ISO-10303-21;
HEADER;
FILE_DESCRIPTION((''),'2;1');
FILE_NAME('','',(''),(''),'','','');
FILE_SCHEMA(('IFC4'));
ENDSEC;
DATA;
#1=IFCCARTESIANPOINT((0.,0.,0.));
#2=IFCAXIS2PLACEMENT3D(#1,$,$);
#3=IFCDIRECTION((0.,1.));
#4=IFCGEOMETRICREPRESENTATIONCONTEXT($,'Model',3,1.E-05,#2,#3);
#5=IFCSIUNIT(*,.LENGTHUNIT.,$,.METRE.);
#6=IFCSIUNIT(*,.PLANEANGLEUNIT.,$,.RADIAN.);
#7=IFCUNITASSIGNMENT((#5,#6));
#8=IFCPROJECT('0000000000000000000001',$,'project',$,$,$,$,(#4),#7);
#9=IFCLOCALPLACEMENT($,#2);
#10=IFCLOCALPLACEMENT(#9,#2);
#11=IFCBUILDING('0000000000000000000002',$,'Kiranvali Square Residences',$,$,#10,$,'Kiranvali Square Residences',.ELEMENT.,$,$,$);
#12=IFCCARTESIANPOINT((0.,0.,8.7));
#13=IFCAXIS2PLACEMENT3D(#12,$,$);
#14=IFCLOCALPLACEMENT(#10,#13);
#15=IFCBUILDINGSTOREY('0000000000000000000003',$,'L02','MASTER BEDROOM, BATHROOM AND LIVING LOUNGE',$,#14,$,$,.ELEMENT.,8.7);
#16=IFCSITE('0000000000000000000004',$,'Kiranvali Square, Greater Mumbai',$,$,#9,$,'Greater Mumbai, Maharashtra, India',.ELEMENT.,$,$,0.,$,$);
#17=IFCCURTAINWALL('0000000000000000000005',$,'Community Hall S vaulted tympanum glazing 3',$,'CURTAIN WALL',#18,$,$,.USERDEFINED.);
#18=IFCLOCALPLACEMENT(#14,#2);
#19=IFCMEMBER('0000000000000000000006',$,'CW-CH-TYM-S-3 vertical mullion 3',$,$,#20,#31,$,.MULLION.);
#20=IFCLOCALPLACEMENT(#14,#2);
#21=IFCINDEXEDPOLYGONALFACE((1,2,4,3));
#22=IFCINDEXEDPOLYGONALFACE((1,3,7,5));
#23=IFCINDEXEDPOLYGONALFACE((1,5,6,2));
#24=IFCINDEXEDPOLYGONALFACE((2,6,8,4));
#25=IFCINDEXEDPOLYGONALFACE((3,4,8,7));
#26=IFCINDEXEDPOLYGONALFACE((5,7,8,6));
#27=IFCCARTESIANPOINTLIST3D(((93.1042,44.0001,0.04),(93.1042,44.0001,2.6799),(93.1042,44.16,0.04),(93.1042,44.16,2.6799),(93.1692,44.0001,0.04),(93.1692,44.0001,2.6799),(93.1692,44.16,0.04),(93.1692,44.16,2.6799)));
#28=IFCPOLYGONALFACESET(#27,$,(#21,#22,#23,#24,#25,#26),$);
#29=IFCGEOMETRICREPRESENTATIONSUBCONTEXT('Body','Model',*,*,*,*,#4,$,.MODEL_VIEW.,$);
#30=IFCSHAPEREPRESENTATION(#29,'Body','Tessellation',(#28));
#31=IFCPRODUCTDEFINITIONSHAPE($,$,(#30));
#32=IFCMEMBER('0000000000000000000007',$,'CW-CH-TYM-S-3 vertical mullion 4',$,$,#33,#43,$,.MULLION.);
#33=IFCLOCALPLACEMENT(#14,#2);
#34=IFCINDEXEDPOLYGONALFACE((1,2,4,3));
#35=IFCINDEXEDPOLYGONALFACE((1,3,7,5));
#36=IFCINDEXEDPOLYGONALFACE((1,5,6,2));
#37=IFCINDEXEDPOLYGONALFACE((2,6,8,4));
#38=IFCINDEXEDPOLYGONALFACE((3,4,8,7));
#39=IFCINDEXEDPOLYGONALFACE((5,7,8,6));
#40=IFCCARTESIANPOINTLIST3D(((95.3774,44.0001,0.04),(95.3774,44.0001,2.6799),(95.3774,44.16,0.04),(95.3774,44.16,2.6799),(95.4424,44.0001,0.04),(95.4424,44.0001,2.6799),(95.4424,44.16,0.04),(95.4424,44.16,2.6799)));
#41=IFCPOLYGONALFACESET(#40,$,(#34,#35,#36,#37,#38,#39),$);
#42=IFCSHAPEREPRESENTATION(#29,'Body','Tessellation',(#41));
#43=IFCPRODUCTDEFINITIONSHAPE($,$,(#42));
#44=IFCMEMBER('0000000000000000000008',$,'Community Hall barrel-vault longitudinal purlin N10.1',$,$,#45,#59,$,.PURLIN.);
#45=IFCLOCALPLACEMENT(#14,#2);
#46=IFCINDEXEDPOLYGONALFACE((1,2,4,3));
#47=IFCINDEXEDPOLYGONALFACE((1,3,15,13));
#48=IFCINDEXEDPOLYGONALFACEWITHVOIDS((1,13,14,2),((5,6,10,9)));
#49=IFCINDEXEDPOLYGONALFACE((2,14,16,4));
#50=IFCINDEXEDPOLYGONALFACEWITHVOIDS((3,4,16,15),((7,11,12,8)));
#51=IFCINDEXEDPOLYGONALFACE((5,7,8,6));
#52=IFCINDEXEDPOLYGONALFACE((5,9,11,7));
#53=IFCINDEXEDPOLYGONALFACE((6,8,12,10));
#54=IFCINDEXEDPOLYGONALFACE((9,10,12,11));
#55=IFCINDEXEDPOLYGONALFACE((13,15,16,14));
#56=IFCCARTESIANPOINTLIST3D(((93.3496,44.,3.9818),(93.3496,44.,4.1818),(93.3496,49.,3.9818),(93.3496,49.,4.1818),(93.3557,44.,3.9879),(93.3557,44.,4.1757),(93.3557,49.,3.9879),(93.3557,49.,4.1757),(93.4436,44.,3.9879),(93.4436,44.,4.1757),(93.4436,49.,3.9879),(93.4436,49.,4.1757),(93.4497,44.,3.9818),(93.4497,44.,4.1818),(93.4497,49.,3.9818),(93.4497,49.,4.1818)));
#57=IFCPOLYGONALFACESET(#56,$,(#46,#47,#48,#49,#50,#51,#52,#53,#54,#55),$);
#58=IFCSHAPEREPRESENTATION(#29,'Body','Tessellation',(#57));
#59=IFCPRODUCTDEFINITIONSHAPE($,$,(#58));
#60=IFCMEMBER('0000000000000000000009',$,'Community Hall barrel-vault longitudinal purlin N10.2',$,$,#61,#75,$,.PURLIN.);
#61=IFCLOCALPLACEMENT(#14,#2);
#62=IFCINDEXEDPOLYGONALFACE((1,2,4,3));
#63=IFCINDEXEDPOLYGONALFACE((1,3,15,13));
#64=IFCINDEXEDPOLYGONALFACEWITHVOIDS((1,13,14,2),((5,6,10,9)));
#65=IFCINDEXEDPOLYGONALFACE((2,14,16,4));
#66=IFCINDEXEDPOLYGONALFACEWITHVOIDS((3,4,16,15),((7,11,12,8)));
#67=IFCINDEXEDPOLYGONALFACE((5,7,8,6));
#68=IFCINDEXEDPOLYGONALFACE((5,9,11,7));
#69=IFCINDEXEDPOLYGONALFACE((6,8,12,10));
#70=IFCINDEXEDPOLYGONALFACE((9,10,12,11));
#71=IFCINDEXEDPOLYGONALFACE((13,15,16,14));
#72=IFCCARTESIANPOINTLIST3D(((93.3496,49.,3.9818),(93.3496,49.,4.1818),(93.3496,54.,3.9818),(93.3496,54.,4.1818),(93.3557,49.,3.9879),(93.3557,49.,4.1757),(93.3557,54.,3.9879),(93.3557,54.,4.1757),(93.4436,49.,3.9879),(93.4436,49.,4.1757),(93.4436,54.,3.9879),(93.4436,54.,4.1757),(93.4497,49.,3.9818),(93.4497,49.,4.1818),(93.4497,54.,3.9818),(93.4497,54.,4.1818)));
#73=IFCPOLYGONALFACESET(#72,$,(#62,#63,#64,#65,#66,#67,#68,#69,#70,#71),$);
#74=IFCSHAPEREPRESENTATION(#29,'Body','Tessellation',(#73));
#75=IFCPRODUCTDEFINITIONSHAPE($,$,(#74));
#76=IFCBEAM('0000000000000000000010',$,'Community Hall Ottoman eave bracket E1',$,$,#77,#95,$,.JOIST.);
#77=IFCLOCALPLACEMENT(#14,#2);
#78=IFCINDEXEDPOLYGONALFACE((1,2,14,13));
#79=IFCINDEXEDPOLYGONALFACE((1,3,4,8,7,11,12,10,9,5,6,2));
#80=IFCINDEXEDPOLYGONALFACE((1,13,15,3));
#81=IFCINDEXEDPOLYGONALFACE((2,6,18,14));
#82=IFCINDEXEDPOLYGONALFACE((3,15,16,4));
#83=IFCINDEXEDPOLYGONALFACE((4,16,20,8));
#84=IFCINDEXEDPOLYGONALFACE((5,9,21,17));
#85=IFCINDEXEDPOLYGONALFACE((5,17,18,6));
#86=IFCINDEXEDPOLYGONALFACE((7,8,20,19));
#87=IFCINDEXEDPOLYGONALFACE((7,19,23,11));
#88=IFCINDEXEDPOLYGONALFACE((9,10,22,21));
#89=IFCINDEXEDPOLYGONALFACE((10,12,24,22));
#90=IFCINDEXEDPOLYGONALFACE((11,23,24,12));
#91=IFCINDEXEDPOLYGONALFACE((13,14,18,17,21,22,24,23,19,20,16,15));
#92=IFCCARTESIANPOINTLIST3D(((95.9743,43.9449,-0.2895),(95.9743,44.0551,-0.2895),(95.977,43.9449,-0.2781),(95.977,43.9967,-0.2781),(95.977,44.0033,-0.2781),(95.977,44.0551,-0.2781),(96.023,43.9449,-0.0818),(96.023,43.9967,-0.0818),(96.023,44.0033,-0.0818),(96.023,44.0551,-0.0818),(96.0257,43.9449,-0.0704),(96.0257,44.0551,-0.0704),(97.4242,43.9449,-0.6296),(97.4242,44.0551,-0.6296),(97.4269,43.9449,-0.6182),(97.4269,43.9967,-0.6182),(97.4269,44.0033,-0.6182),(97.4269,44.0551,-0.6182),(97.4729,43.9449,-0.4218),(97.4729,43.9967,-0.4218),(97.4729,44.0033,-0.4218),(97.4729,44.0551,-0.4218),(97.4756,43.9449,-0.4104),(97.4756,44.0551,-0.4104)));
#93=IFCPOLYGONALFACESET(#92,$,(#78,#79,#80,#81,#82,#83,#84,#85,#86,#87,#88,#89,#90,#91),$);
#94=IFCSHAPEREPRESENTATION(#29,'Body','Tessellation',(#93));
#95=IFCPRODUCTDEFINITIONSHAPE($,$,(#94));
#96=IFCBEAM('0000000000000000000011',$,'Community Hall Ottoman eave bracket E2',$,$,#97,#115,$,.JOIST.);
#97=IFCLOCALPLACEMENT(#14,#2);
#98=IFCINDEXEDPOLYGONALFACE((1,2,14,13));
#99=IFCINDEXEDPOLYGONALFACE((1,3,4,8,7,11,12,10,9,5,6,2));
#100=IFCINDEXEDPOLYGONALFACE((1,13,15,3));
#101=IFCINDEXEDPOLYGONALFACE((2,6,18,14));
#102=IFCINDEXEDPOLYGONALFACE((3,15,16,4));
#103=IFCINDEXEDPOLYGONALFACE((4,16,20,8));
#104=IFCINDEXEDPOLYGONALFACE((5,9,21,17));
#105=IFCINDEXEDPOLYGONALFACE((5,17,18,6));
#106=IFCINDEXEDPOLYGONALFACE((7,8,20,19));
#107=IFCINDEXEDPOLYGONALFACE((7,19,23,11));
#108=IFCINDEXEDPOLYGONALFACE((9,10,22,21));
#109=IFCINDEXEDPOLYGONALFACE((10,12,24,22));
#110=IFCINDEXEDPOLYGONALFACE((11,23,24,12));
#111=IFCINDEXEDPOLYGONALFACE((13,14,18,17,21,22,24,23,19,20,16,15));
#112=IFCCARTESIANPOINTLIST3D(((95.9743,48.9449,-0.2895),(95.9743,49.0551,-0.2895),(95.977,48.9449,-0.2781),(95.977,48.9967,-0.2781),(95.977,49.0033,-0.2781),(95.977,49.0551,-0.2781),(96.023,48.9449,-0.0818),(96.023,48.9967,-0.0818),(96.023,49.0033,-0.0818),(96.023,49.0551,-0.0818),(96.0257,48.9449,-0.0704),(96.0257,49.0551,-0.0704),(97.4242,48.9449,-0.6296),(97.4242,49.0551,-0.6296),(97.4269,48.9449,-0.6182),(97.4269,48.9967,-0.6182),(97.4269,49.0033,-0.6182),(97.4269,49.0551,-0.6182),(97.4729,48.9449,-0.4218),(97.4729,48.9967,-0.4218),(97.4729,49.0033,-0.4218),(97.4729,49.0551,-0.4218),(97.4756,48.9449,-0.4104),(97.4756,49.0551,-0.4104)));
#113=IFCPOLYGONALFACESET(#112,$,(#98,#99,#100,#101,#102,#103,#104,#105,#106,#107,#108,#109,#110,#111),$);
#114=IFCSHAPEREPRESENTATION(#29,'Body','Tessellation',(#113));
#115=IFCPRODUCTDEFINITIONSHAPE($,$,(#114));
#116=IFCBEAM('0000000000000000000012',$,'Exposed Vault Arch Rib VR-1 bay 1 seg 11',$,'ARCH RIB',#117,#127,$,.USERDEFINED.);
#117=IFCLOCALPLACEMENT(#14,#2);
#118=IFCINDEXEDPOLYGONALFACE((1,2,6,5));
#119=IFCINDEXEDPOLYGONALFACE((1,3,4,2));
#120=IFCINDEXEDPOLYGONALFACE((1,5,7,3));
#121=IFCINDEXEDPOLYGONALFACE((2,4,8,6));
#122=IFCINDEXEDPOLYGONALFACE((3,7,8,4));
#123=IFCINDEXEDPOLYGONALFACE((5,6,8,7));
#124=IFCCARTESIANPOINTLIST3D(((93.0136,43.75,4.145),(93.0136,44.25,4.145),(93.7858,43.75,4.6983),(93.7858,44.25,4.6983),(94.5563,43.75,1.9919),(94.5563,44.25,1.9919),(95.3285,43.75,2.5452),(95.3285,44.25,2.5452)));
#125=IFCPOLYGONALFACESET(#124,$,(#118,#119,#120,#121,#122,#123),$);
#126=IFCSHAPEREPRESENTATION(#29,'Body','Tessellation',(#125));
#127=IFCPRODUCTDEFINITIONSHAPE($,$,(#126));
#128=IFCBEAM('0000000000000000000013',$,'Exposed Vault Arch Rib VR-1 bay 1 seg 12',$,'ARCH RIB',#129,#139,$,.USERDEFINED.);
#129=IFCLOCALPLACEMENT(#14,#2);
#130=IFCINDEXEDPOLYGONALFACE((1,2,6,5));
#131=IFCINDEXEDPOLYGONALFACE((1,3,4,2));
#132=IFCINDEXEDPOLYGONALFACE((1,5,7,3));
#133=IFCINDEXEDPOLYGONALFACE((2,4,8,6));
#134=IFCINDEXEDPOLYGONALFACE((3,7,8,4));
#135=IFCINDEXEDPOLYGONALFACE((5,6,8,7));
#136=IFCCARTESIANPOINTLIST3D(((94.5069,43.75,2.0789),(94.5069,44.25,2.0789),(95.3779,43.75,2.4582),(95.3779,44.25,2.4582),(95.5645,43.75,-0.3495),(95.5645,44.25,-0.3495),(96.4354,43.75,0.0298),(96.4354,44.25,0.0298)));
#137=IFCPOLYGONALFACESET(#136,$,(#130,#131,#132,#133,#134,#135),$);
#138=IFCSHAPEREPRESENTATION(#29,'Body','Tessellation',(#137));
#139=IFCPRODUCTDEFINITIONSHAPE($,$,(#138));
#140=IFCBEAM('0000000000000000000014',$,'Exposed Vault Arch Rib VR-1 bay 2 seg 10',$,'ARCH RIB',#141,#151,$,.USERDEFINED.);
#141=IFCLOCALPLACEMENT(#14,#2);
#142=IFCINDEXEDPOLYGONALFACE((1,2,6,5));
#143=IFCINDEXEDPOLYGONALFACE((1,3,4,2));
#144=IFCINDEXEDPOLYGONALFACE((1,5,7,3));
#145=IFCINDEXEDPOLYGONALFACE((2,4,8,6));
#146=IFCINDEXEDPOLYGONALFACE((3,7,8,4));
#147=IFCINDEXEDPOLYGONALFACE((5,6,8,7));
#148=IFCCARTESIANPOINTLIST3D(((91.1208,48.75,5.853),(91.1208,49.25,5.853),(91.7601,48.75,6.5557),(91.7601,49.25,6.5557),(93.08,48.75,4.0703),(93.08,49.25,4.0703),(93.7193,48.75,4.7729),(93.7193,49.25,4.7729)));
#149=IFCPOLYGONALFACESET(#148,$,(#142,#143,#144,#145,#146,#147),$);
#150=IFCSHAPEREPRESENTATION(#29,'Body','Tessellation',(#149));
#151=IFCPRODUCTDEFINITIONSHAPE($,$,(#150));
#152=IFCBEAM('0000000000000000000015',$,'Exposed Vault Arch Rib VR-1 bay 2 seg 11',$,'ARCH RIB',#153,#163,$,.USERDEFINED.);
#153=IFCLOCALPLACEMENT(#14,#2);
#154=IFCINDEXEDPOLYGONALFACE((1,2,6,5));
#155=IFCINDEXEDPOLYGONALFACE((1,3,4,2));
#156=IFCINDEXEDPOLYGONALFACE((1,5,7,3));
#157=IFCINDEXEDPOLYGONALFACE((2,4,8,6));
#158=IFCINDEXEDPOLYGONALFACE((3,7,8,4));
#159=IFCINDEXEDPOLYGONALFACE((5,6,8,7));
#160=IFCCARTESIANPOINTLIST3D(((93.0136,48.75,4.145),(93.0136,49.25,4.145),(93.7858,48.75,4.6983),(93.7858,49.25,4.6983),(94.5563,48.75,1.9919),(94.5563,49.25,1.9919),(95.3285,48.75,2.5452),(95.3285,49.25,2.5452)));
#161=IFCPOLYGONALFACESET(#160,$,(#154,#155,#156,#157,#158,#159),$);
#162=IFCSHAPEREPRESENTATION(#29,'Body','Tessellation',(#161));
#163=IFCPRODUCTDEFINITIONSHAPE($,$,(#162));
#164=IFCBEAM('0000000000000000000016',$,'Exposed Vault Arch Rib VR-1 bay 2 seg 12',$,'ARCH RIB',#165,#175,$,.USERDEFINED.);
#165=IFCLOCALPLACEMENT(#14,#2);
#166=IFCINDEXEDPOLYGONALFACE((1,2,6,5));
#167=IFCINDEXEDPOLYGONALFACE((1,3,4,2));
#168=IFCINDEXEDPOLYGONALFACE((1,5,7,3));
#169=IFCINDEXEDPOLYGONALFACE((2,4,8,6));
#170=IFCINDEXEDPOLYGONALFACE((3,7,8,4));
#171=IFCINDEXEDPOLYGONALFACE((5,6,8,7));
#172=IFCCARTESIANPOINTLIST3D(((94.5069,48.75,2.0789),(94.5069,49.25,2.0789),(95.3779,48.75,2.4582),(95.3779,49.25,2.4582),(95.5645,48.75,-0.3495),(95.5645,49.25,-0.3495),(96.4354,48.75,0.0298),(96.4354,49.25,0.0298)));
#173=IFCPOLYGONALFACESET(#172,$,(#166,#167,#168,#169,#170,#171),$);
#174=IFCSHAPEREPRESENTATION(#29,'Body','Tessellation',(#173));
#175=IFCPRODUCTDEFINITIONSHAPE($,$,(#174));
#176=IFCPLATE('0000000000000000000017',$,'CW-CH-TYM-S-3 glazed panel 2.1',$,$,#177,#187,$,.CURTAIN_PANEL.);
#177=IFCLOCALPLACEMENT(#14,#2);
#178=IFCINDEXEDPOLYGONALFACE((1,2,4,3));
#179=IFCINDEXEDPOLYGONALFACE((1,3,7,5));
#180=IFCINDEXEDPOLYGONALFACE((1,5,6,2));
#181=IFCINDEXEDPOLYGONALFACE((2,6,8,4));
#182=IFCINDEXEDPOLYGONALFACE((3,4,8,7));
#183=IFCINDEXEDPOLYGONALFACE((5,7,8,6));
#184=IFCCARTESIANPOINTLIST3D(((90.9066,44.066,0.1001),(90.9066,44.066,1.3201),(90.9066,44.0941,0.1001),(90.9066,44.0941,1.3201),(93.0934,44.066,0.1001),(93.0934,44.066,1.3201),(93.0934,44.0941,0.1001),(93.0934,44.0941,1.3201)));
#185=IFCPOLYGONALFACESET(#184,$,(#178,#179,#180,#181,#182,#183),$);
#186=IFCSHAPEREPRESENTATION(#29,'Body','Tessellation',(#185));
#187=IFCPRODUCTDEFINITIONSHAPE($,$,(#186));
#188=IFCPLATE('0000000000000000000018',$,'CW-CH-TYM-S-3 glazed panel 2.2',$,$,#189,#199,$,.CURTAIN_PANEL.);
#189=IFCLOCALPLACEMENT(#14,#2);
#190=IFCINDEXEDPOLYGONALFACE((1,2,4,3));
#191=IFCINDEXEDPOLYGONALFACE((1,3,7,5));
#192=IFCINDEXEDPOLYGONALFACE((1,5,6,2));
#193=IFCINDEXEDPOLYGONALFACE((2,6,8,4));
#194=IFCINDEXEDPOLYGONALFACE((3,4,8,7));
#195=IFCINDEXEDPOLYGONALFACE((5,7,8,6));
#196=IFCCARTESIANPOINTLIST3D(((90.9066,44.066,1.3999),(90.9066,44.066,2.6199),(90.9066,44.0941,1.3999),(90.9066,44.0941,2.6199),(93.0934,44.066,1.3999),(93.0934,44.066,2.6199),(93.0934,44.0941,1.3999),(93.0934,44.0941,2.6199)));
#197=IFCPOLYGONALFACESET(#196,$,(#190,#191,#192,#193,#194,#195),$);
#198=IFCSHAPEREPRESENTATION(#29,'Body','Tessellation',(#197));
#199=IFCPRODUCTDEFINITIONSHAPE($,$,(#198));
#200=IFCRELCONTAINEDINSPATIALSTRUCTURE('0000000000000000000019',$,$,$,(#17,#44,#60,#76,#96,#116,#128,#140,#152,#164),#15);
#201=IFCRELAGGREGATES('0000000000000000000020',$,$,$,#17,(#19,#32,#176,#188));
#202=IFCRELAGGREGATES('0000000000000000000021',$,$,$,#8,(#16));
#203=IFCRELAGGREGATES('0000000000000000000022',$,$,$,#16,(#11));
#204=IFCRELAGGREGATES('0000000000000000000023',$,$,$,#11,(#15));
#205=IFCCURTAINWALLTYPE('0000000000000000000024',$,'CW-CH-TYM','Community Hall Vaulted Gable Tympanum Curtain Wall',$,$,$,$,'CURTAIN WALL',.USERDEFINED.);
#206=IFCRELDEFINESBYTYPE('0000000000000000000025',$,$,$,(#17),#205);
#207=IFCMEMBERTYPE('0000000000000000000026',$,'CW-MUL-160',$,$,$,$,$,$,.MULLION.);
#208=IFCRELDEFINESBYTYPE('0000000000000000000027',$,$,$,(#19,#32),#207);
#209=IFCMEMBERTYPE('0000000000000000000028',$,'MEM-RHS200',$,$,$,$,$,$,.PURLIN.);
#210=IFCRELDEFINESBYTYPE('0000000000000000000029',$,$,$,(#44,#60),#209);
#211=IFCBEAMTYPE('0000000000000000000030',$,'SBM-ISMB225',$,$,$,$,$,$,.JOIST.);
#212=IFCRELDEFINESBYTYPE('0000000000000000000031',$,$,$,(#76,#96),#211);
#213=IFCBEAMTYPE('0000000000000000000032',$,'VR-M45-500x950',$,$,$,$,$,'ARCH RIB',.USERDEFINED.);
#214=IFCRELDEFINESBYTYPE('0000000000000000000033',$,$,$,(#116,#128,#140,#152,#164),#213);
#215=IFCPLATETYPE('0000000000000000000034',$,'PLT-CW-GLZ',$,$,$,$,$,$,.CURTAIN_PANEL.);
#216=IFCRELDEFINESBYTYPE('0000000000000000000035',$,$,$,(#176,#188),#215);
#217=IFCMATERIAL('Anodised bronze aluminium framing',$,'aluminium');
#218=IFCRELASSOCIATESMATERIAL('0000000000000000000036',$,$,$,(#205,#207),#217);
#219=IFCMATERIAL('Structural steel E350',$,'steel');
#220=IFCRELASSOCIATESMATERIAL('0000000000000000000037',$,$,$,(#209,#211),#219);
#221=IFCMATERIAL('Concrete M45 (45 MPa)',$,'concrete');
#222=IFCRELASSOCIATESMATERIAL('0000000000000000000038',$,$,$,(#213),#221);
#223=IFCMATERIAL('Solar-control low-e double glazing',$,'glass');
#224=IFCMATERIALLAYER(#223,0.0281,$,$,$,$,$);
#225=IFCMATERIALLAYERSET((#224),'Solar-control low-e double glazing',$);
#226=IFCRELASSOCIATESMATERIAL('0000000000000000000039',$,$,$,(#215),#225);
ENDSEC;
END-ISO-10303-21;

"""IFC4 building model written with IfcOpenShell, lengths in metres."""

from ifc_helpers import new_model, si_unit, direction, frame, origin, origin_2d, place, context, subcontext, project, spatial, rectangle, hollow_rectangle, i_section, extrude, material, layer, layer_set, material_profile, profile_set, type_object, element, aggregate, save


model = new_model("IFC4")

# Units and contexts
model_context = context("Model", 3, precision=1e-05, world=origin(), true_north=direction((0.0, 1.0)))
body_context = subcontext(model_context, "Body", "Model", "MODEL_VIEW")
ifc_project = project(units=[si_unit("LENGTHUNIT", "METRE"), si_unit("PLANEANGLEUNIT", "RADIAN")], contexts=[model_context])

# Site, building, storey
site_placement = place(None, origin())
site = spatial("IfcSite", under=ifc_project, at=site_placement, Name="Kiranvali Square, Greater Mumbai", LongName="Greater Mumbai, Maharashtra, India", CompositionType="ELEMENT", RefElevation=0.0)
building_placement = place(site_placement, origin())
building = spatial("IfcBuilding", under=site, at=building_placement, Name="Kiranvali Square Residences", LongName="Kiranvali Square Residences", CompositionType="ELEMENT")
storey_placement = place(building_placement, frame((0.0, 0.0, 8.7)))
storey = spatial("IfcBuildingStorey", under=building, at=storey_placement, Name="L02", Description="MASTER BEDROOM, BATHROOM AND LIVING LOUNGE", CompositionType="ELEMENT", Elevation=8.7)

# Curtain wall, members
ifc_material_1 = material(Name="Anodised bronze aluminium framing", Category="aluminium")
curtain_wall_type = type_object("IfcCurtainWallType", Name="CW-CH-TYM", Description="Community Hall Vaulted Gable Tympanum Curtain Wall", ElementType="CURTAIN WALL", PredefinedType="USERDEFINED", material=ifc_material_1)
curtain_wall_placement = place(storey_placement, origin())
curtain_wall = element("IfcCurtainWall", 1, at=curtain_wall_placement, inside=storey, type_object=curtain_wall_type, Name="Community Hall S vaulted tympanum glazing 3", ObjectType="CURTAIN WALL", PredefinedType="USERDEFINED")
ifc_material_profile_1 = material_profile(ifc_material_1, rectangle(XDim=0.0649, YDim=0.1599, at=origin_2d()), Name="ALU 65x160")
ifc_profile_set_1 = profile_set([ifc_material_profile_1], Name="Anodised bronze aluminium framing")
member_type_1 = type_object("IfcMemberType", Name="CW-MUL-160", PredefinedType="MULLION", material=ifc_profile_set_1)
member_1_placement = place(storey_placement, frame((93.1367, 44.0801, 0.04), z_axis=(0.0, 0.0, 1.0), x_axis=(1.0, 0.0, 0.0)))
member_1 = element("IfcMember", 2, at=member_1_placement, type_object=member_type_1, Name="CW-CH-TYM-S-3 vertical mullion 3", PredefinedType="MULLION", context=body_context, shape_type="SweptSolid", body=[
    extrude(rectangle(XDim=0.0649, YDim=0.1599, at=origin_2d()), origin(), (0.0, 0.0, 1.0), 2.6399),
])
member_2_placement = place(storey_placement, frame((95.4099, 44.0801, 0.04), z_axis=(0.0, 0.0, 1.0), x_axis=(1.0, 0.0, 0.0)))
member_2 = element("IfcMember", 3, at=member_2_placement, type_object=member_type_1, Name="CW-CH-TYM-S-3 vertical mullion 4", PredefinedType="MULLION", context=body_context, shape_type="SweptSolid", body=[
    extrude(rectangle(XDim=0.0649, YDim=0.1599, at=origin_2d()), origin(), (0.0, 0.0, 1.0), 2.6399),
])

# Members
ifc_material_2 = material(Name="Structural steel E350", Category="steel")
ifc_material_profile_2 = material_profile(ifc_material_2, hollow_rectangle(XDim=0.1001, YDim=0.2, WallThickness=0.0061, at=origin_2d()), Name="RHS 200x100x6.0")
ifc_profile_set_2 = profile_set([ifc_material_profile_2], Name="Structural steel E350")
member_type_2 = type_object("IfcMemberType", Name="MEM-RHS200", PredefinedType="PURLIN", material=ifc_profile_set_2)
for number, where, z_axis, x_axis, name in (
    (4, (93.3997, 44.0, 4.0818), (0.0, 1.0, 0.0), (-1.0, 0.0, 0.0), "Community Hall barrel-vault longitudinal purlin N10.1"),
    (5, (93.3997, 49.0, 4.0818), (0.0, 1.0, 0.0), (-1.0, 0.0, 0.0), "Community Hall barrel-vault longitudinal purlin N10.2"),
):
    element("IfcMember", number, at=place(storey_placement, frame(where, z_axis=z_axis, x_axis=x_axis)), inside=storey, type_object=member_type_2, Name=name, PredefinedType="PURLIN", context=body_context, shape_type="SweptSolid", body=[
        extrude(hollow_rectangle(XDim=0.1001, YDim=0.2, WallThickness=0.0061, at=origin_2d()), origin(), (0.0, 0.0, 1.0), 5.0),
    ])

# Beams
ifc_material_profile_3 = material_profile(ifc_material_2, i_section(OverallWidth=0.1101, OverallDepth=0.2251, WebThickness=0.0066, FlangeThickness=0.0117, at=origin_2d()), Name="ISMB 225")
ifc_profile_set_3 = profile_set([ifc_material_profile_3], Name="Structural steel E350")
beam_type_1 = type_object("IfcBeamType", Name="SBM-ISMB225", PredefinedType="JOIST", material=ifc_profile_set_3)
for number, where, z_axis, x_axis, name in (
    (6, (96.0, 44.0, -0.1799), (0.973578, 0.0, -0.228354), (0.0, 1.0, 0.0), "Community Hall Ottoman eave bracket E1"),
    (7, (96.0, 49.0, -0.1799), (0.973578, 0.0, -0.228354), (0.0, 1.0, 0.0), "Community Hall Ottoman eave bracket E2"),
):
    element("IfcBeam", number, at=place(storey_placement, frame(where, z_axis=z_axis, x_axis=x_axis)), inside=storey, type_object=beam_type_1, Name=name, PredefinedType="JOIST", context=body_context, shape_type="SweptSolid", body=[
        extrude(i_section(OverallWidth=0.1101, OverallDepth=0.2251, WebThickness=0.0066, FlangeThickness=0.0117, at=origin_2d()), origin(), (0.0, 0.0, 1.0), 1.4893),
    ])
ifc_material_3 = material(Name="Concrete M45 (45 MPa)", Category="concrete")
ifc_material_profile_4 = material_profile(ifc_material_3, rectangle(XDim=0.5, YDim=0.95, at=origin_2d()), Name="RC 500x950")
ifc_profile_set_4 = profile_set([ifc_material_profile_4], Name="Concrete M45 (45 MPa)")
beam_type_2 = type_object("IfcBeamType", Name="VR-M45-500x950", ElementType="ARCH RIB", PredefinedType="USERDEFINED", material=ifc_profile_set_4)
for number, where, z_axis, x_axis, name in (
    (8, (93.3997, 44.0, 4.4216), (0.582441, 0.0, -0.812873), (0.0, 1.0, 0.0), "Exposed Vault Arch Rib VR-1 bay 1 seg 11"),
    (9, (94.9424, 44.0, 2.2686), (0.399286, 0.0, -0.916827), (0.0, 1.0, 0.0), "Exposed Vault Arch Rib VR-1 bay 1 seg 12"),
):
    element("IfcBeam", number, at=place(storey_placement, frame(where, z_axis=z_axis, x_axis=x_axis)), inside=storey, type_object=beam_type_2, Name=name, ObjectType="ARCH RIB", PredefinedType="USERDEFINED", context=body_context, shape_type="SweptSolid", body=[
        extrude(rectangle(XDim=0.5, YDim=0.95, at=origin_2d()), origin(), (0.0, 0.0, 1.0), 2.6487),
    ])
beam_placement = place(storey_placement, frame((91.4404, 49.0, 6.2043), z_axis=(0.73964, 0.0, -0.673003), x_axis=(0.0, 1.0, 0.0)))
element("IfcBeam", 10, at=beam_placement, inside=storey, type_object=beam_type_2, Name="Exposed Vault Arch Rib VR-1 bay 2 seg 10", ObjectType="ARCH RIB", PredefinedType="USERDEFINED", context=body_context, shape_type="SweptSolid", body=[
    extrude(rectangle(XDim=0.5, YDim=0.95, at=origin_2d()), origin(), (0.0, 0.0, 1.0), 2.6489),
])
for number, where, z_axis, x_axis, name in (
    (11, (93.3997, 49.0, 4.4216), (0.582441, 0.0, -0.812873), (0.0, 1.0, 0.0), "Exposed Vault Arch Rib VR-1 bay 2 seg 11"),
    (12, (94.9424, 49.0, 2.2686), (0.399286, 0.0, -0.916827), (0.0, 1.0, 0.0), "Exposed Vault Arch Rib VR-1 bay 2 seg 12"),
):
    element("IfcBeam", number, at=place(storey_placement, frame(where, z_axis=z_axis, x_axis=x_axis)), inside=storey, type_object=beam_type_2, Name=name, ObjectType="ARCH RIB", PredefinedType="USERDEFINED", context=body_context, shape_type="SweptSolid", body=[
        extrude(rectangle(XDim=0.5, YDim=0.95, at=origin_2d()), origin(), (0.0, 0.0, 1.0), 2.6487),
    ])

# Plates
ifc_material_4 = material(Name="Solar-control low-e double glazing", Category="glass")
ifc_layer_1 = layer(ifc_material_4, 0.0281)
ifc_layer_set_1 = layer_set([ifc_layer_1], Name="Solar-control low-e double glazing")
plate_type_1 = type_object("IfcPlateType", Name="PLT-CW-GLZ", PredefinedType="CURTAIN_PANEL", material=ifc_layer_set_1)
plate_1_placement = place(storey_placement, frame((92.0, 44.0801, 0.1001), z_axis=(0.0, 0.0, 1.0), x_axis=(1.0, 0.0, 0.0)))
plate_1 = element("IfcPlate", 13, at=plate_1_placement, type_object=plate_type_1, Name="CW-CH-TYM-S-3 glazed panel 2.1", PredefinedType="CURTAIN_PANEL", context=body_context, shape_type="SweptSolid", body=[
    extrude(rectangle(XDim=2.1868, YDim=0.0281, at=origin_2d()), origin(), (0.0, 0.0, 1.0), 1.22),
])
plate_2_placement = place(storey_placement, frame((92.0, 44.0801, 1.3999), z_axis=(0.0, 0.0, 1.0), x_axis=(1.0, 0.0, 0.0)))
plate_2 = element("IfcPlate", 14, at=plate_2_placement, type_object=plate_type_1, Name="CW-CH-TYM-S-3 glazed panel 2.2", PredefinedType="CURTAIN_PANEL", context=body_context, shape_type="SweptSolid", body=[
    extrude(rectangle(XDim=2.1868, YDim=0.0281, at=origin_2d()), origin(), (0.0, 0.0, 1.0), 1.22),
])
aggregate(curtain_wall, [member_1, member_2, plate_1, plate_2])

save(model, "model.ifc")
